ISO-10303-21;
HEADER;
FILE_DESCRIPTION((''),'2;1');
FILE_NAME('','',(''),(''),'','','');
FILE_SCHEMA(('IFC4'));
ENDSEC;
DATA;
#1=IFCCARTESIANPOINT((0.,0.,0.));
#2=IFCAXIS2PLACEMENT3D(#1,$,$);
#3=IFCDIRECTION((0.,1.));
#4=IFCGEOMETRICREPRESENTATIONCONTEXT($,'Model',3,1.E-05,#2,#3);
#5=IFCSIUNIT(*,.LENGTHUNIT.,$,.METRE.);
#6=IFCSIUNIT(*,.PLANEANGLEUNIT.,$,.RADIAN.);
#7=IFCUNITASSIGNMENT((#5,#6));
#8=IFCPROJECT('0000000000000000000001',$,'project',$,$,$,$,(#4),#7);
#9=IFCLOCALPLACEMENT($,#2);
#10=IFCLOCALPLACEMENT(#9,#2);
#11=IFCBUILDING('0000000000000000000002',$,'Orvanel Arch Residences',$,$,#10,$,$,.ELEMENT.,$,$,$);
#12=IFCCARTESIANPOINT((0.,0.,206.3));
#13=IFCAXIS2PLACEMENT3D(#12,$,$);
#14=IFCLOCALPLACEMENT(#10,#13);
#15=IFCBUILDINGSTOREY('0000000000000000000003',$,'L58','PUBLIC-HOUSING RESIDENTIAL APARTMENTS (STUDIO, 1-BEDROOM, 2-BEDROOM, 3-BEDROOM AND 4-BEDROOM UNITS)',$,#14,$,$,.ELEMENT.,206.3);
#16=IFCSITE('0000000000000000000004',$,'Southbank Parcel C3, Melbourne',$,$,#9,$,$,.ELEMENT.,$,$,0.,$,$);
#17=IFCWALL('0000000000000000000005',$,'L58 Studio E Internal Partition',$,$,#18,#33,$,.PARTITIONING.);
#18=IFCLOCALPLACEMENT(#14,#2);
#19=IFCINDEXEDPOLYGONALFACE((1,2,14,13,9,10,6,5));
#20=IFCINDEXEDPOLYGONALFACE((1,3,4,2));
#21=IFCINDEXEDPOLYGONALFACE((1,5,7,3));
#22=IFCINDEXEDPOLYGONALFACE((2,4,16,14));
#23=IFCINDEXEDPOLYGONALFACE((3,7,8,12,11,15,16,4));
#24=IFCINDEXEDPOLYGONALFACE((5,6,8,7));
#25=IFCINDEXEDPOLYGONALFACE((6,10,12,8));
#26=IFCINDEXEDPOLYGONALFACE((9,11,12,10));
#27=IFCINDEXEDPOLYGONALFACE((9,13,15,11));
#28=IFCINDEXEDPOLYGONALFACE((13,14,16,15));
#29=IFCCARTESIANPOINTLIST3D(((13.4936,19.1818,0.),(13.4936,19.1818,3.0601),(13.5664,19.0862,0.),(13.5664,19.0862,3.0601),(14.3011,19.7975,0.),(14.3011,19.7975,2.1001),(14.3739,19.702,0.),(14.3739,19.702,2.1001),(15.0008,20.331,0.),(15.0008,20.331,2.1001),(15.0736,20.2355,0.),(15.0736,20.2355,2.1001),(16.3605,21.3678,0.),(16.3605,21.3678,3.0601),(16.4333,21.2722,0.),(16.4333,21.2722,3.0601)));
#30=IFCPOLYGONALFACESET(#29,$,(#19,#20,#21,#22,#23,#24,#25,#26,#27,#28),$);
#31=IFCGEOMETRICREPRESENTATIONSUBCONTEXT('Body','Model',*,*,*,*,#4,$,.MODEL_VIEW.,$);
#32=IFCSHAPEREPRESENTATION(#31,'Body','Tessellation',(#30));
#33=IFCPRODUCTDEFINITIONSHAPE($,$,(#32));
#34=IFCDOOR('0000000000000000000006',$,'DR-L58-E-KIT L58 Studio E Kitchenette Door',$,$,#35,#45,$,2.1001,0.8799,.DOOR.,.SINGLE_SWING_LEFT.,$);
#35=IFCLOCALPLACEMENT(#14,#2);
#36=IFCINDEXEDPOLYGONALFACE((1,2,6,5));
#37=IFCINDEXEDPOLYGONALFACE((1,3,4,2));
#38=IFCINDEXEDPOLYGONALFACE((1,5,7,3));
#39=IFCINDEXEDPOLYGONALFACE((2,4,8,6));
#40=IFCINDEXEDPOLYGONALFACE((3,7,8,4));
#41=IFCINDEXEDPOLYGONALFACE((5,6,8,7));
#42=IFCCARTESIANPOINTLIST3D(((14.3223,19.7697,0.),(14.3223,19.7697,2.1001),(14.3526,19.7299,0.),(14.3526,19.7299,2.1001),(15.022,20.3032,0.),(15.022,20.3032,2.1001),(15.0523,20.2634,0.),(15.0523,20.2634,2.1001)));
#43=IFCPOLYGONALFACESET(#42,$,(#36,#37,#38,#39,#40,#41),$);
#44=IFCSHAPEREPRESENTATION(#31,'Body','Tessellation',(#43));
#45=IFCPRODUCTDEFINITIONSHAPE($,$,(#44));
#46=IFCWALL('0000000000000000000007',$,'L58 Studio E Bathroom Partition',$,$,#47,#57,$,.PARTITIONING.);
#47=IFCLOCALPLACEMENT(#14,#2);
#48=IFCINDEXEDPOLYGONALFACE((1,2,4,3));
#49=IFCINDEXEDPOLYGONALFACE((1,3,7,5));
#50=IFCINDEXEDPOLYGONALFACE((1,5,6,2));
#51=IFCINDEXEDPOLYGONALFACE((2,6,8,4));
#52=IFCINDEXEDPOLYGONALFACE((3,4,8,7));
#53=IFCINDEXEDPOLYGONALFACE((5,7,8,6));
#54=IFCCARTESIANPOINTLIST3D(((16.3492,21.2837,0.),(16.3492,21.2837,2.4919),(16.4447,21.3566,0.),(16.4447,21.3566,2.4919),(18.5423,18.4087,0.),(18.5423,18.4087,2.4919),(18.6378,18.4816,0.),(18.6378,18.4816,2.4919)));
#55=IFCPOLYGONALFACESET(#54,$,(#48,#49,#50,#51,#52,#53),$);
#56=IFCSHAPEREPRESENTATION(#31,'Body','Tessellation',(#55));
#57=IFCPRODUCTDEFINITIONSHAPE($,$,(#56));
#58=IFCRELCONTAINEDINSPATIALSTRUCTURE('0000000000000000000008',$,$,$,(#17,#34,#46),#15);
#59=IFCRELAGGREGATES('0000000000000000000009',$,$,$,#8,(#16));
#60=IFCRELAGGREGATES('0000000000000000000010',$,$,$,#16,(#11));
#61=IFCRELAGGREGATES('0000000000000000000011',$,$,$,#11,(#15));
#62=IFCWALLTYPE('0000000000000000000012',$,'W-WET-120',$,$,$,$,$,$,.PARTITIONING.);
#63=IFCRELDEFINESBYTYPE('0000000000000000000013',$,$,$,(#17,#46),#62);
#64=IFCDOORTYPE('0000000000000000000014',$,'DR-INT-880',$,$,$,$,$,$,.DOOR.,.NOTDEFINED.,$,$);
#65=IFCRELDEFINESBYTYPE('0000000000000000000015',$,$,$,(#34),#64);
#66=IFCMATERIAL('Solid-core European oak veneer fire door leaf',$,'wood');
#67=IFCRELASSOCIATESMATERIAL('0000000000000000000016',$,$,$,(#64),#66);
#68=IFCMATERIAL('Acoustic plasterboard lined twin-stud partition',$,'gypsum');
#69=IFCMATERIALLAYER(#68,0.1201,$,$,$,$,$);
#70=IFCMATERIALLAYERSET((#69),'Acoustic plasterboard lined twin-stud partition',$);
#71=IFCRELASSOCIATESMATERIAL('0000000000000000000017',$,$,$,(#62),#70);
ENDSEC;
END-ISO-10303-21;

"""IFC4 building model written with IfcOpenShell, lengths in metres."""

from ifc_helpers import new_model, si_unit, direction, frame, frame_2d, origin, place, context, subcontext, project, spatial, rectangle, extrude, material, layer, layer_set, type_object, element, fill, save


model = new_model("IFC4")

# Units and contexts
model_context = context("Model", 3, precision=1e-05, world=origin(), true_north=direction((0.0, 1.0)))
body_context = subcontext(model_context, "Body", "Model", "MODEL_VIEW")
ifc_project = project(units=[si_unit("LENGTHUNIT", "METRE"), si_unit("PLANEANGLEUNIT", "RADIAN")], contexts=[model_context])

# Site, building, storey
site_placement = place(None, origin())
site = spatial("IfcSite", under=ifc_project, at=site_placement, Name="Southbank Parcel C3, Melbourne", CompositionType="ELEMENT", RefElevation=0.0)
building_placement = place(site_placement, origin())
building = spatial("IfcBuilding", under=site, at=building_placement, Name="Orvanel Arch Residences", CompositionType="ELEMENT")
storey_placement = place(building_placement, frame((0.0, 0.0, 206.3)))
storey = spatial("IfcBuildingStorey", under=building, at=storey_placement, Name="L58", Description="PUBLIC-HOUSING RESIDENTIAL APARTMENTS (STUDIO, 1-BEDROOM, 2-BEDROOM, 3-BEDROOM AND 4-BEDROOM UNITS)", CompositionType="ELEMENT", Elevation=206.3)

# Shared definitions
ifc_material_1 = material(Name="Acoustic plasterboard lined twin-stud partition", Category="gypsum")
ifc_material_2 = material(Name="Solid-core European oak veneer fire door leaf", Category="wood")
door_type_1 = type_object("IfcDoorType", Name="DR-INT-880", OperationType="NOTDEFINED", PredefinedType="DOOR", material=ifc_material_2)

# Shared definitions
ifc_layer_1 = layer(ifc_material_1, 0.1201)
ifc_layer_set_1 = layer_set([ifc_layer_1], Name="Acoustic plasterboard lined twin-stud partition")
wall_type_1 = type_object("IfcWallType", Name="W-WET-120", PredefinedType="PARTITIONING", material=ifc_layer_set_1)

# Wall, opening, door
wall_1_placement = place(storey_placement, frame((16.397, 21.3201, 0.0), z_axis=(0.0, 0.0, 1.0), x_axis=(-0.795205, -0.606341, 0.0)))
wall_1 = element("IfcWall", 1, at=wall_1_placement, inside=storey, type_object=wall_type_1, Name="L58 Studio E Internal Partition", PredefinedType="PARTITIONING", context=body_context, shape_type="SweptSolid", body=[
    extrude(rectangle(XDim=3.6052, YDim=0.1201, at=frame_2d((1.8027, 0.0))), origin(), (0.0, 0.0, 1.0), 3.0601),
])
opening_1_placement = place(wall_1_placement, frame((1.71, 0.0, 0.0)))
opening_1 = element("IfcOpeningElement", 2, at=opening_1_placement, cuts=wall_1, PredefinedType="OPENING", context=body_context, shape_type="SweptSolid", body=[
    extrude(rectangle(XDim=0.8799, YDim=2.1001, at=frame_2d((0.4399, 1.05))), frame((0.0, 0.0701, 0.0), z_axis=(0.0, -1.0, 0.0), x_axis=(1.0, 0.0, 0.0)), (0.0, 0.0, 1.0), 0.1401),
])
door_1_placement = place(opening_1_placement, origin())
door_1 = element("IfcDoor", 3, at=door_1_placement, inside=storey, type_object=door_type_1, Name="DR-L58-E-KIT L58 Studio E Kitchenette Door", OperationType="SINGLE_SWING_LEFT", OverallHeight=2.1001, OverallWidth=0.8799, PredefinedType="DOOR", context=body_context, shape_type="SweptSolid", body=[
    extrude(rectangle(XDim=0.8799, YDim=2.1001, at=frame_2d((0.4399, 1.05))), frame((0.0, 0.0249, 0.0), z_axis=(0.0, -1.0, 0.0), x_axis=(1.0, 0.0, 0.0)), (0.0, 0.0, 1.0), 0.05),
])
fill(opening_1, door_1)

# Wall
wall_2_placement = place(storey_placement, frame((18.5901, 18.4451, 0.0), z_axis=(0.0, 0.0, 1.0), x_axis=(-0.606505, 0.79508, 0.0)))
element("IfcWall", 4, at=wall_2_placement, inside=storey, type_object=wall_type_1, Name="L58 Studio E Bathroom Partition", PredefinedType="PARTITIONING", context=body_context, shape_type="SweptSolid", body=[
    extrude(rectangle(XDim=3.616, YDim=0.1201, at=frame_2d((1.8081, 0.0))), origin(), (0.0, 0.0, 1.0), 2.4919),
])

save(model, "model.ifc")
